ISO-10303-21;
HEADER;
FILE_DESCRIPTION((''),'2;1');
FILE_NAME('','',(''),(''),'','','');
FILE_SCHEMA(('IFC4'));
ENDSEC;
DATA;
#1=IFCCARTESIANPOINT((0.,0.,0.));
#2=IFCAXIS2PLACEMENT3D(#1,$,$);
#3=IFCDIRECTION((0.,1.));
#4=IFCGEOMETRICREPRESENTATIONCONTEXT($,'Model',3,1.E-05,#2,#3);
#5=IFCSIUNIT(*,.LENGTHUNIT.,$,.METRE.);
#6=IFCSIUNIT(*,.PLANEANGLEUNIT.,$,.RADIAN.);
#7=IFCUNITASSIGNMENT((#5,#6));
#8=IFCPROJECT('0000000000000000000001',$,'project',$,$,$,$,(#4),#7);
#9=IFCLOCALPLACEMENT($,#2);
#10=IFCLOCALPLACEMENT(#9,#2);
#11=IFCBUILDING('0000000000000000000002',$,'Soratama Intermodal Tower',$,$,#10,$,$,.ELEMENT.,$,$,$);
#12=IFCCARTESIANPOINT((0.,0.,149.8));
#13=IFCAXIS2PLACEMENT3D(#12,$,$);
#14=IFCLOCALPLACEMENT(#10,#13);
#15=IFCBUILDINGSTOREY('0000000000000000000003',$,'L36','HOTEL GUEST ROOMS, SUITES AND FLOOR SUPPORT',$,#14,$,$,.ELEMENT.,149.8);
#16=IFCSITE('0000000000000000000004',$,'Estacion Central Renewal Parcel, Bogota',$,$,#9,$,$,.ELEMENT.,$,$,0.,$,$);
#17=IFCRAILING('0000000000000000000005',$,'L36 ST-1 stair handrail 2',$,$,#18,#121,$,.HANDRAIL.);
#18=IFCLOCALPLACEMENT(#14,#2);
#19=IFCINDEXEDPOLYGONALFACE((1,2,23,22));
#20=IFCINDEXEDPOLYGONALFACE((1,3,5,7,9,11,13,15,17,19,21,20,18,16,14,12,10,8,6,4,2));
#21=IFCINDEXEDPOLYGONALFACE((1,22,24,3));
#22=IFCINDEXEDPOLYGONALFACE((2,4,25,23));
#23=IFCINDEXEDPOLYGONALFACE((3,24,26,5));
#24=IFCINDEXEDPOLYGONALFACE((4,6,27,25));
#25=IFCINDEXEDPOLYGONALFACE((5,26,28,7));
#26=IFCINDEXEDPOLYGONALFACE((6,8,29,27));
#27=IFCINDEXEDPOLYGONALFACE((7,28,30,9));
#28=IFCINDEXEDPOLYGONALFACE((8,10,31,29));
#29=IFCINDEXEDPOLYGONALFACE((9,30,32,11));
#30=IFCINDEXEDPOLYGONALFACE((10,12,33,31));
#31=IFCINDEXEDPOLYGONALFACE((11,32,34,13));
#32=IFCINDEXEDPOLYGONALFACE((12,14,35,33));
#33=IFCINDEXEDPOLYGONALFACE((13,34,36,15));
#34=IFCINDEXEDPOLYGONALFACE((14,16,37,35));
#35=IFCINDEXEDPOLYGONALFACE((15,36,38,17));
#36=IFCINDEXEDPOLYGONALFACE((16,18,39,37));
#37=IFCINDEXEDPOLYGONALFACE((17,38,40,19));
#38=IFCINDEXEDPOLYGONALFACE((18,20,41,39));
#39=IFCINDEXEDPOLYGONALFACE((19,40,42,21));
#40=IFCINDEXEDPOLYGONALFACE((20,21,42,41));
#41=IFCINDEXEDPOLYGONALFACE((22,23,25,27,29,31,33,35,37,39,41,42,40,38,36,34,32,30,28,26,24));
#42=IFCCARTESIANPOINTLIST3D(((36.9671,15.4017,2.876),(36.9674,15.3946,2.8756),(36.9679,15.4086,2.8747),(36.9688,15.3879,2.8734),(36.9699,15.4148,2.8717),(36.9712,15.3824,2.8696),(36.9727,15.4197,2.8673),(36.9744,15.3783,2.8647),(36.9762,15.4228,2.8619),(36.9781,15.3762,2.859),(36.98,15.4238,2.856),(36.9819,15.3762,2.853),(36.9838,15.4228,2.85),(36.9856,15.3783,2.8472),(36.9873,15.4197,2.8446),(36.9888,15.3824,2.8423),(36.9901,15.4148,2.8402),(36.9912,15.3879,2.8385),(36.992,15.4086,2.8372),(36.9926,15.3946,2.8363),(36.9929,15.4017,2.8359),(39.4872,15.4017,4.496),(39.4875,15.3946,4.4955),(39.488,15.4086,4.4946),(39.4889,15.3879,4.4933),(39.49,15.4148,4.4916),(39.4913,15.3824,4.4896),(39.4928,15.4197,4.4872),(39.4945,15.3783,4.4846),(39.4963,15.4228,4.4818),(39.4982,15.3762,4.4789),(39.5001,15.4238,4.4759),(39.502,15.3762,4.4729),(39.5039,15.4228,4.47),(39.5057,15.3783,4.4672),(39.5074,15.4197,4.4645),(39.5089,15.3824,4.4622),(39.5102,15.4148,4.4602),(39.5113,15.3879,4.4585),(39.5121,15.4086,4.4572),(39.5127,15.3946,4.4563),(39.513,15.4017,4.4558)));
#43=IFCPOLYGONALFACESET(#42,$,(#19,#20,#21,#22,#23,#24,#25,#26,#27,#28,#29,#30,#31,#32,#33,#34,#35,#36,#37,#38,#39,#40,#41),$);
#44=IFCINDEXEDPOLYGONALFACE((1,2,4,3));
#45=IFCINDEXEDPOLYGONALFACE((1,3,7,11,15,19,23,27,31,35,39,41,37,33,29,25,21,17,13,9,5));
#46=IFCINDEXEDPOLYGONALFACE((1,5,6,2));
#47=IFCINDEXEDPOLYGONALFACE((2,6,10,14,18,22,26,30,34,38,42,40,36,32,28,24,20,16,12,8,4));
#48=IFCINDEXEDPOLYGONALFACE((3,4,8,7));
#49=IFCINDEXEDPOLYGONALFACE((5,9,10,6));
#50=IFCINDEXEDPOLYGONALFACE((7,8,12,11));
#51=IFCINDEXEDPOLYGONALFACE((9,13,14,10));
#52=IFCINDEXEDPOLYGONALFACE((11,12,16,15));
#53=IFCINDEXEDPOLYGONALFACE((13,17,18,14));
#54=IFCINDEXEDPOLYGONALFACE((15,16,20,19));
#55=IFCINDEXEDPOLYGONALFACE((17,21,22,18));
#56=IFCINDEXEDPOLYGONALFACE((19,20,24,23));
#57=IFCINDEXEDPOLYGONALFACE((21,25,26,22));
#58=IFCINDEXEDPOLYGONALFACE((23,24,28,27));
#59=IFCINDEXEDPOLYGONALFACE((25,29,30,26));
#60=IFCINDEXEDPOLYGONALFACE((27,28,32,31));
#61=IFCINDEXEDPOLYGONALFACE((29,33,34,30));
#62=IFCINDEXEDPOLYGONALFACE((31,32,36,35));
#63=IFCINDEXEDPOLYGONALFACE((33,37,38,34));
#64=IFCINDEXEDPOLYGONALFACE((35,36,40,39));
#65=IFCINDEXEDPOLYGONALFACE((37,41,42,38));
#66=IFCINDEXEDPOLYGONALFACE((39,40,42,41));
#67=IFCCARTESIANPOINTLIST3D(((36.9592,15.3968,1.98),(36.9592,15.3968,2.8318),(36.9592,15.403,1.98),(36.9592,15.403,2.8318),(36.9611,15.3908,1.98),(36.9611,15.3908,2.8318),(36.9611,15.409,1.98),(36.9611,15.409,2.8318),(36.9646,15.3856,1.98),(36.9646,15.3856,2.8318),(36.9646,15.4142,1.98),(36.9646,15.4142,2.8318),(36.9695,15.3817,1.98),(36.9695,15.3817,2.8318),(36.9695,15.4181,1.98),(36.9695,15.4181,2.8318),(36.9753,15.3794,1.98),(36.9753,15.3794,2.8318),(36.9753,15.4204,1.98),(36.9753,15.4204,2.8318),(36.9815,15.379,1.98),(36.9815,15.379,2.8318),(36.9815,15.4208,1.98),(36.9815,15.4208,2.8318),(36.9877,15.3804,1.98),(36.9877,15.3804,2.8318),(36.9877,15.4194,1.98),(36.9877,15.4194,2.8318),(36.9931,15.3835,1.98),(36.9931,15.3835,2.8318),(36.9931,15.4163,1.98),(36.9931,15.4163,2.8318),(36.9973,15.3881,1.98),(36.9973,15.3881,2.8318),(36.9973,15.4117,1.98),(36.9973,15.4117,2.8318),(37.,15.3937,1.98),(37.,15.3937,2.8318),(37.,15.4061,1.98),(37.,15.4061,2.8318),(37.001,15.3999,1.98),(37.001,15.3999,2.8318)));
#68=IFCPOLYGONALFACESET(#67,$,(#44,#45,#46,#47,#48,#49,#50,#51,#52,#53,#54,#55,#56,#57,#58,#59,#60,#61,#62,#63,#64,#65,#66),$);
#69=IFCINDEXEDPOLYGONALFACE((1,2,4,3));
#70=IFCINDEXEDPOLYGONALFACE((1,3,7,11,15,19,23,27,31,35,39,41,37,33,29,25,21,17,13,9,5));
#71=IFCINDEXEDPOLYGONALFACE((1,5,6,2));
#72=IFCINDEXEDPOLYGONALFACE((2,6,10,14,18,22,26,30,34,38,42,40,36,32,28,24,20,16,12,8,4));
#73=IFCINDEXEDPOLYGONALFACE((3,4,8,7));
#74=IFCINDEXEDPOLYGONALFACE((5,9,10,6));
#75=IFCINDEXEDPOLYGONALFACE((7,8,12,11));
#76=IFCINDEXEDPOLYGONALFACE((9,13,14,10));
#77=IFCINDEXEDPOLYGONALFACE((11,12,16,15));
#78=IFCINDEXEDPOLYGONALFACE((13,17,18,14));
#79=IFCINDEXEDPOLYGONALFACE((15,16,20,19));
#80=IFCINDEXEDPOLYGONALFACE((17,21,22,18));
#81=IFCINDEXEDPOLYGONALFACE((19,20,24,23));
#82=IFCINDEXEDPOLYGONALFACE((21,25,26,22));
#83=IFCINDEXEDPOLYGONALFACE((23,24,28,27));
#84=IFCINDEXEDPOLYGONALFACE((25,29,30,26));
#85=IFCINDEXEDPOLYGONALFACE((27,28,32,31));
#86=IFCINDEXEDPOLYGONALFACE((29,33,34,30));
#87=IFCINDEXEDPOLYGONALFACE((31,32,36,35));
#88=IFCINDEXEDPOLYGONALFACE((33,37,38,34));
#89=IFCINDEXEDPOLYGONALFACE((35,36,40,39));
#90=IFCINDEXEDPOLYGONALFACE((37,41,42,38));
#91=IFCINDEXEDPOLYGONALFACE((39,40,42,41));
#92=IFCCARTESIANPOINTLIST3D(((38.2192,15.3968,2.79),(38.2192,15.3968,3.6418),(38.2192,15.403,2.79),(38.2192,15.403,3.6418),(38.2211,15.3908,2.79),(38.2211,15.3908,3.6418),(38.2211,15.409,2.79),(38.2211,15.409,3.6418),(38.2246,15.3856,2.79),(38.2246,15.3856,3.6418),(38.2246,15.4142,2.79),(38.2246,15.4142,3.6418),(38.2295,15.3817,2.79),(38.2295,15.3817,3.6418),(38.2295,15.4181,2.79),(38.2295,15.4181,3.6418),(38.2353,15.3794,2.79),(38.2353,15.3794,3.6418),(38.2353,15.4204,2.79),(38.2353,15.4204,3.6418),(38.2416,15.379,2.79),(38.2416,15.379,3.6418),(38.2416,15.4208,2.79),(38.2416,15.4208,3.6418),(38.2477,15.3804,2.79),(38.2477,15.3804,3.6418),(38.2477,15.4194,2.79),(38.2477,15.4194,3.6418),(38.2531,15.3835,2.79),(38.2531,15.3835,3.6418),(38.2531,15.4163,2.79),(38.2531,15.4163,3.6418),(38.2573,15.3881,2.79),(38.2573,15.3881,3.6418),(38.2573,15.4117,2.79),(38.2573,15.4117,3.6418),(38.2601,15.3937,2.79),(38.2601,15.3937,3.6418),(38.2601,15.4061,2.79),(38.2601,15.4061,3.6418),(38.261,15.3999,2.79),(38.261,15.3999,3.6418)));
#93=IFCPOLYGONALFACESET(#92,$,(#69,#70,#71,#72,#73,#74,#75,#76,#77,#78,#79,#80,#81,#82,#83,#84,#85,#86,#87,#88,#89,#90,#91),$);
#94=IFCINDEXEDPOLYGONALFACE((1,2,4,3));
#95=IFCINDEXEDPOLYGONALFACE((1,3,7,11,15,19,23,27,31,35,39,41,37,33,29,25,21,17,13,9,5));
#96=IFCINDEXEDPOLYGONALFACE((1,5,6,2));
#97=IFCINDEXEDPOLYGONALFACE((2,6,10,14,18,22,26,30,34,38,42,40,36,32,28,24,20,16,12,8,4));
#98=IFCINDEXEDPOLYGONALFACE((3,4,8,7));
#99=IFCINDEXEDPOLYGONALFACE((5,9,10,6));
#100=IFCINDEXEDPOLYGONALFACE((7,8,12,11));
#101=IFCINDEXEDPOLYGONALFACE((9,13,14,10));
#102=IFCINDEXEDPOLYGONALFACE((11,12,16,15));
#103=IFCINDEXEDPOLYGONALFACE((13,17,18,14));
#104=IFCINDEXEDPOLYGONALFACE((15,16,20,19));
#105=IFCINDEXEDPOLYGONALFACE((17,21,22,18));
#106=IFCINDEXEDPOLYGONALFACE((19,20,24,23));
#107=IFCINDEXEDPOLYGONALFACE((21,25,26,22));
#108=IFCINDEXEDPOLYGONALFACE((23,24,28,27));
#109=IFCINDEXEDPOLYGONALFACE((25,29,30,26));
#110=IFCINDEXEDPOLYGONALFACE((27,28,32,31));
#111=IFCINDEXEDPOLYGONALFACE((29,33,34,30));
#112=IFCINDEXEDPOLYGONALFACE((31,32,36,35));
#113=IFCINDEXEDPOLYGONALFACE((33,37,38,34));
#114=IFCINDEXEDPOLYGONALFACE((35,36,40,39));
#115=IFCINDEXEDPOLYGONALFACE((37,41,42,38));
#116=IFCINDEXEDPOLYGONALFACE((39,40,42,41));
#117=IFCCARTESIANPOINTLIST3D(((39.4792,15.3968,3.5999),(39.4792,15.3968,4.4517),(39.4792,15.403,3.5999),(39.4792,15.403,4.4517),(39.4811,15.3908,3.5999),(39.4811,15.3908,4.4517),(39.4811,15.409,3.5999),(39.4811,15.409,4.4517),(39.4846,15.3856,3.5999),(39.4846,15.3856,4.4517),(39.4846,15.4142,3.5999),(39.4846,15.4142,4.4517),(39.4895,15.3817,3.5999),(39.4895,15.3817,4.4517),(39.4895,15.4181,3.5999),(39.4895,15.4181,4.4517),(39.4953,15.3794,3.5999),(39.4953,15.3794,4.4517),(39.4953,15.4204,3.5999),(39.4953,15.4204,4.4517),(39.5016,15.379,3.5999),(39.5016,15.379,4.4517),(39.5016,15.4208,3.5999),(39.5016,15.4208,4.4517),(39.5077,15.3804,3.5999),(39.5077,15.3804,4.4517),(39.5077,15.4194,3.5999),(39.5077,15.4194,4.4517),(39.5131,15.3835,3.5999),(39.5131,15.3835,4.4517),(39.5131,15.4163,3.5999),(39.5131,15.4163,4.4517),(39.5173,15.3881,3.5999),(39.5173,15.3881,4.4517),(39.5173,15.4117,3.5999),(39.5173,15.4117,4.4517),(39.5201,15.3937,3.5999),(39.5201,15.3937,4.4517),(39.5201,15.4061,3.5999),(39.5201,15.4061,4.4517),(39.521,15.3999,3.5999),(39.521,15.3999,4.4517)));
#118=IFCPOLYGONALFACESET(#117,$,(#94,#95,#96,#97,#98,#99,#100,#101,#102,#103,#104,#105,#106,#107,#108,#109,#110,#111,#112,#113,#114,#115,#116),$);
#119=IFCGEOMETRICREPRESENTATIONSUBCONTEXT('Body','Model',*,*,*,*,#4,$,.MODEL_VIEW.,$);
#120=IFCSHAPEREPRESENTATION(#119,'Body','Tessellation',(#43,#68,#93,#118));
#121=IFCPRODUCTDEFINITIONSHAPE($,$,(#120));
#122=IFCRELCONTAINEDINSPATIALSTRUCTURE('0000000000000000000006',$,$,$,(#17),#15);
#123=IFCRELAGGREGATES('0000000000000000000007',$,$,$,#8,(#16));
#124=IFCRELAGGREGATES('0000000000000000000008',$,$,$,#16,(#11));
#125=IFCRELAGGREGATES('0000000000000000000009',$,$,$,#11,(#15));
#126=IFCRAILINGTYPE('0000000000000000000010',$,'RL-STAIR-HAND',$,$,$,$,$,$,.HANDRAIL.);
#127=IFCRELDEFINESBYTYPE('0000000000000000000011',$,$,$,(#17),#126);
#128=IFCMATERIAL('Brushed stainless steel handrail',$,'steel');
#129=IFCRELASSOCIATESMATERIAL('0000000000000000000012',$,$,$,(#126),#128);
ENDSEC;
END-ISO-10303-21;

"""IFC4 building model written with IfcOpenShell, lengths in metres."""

from ifc_helpers import new_model, si_unit, direction, frame, origin, origin_2d, place, context, subcontext, project, spatial, circle, extrude, material, type_object, element, save


model = new_model("IFC4")

# Units and contexts
model_context = context("Model", 3, precision=1e-05, world=origin(), true_north=direction((0.0, 1.0)))
body_context = subcontext(model_context, "Body", "Model", "MODEL_VIEW")
ifc_project = project(units=[si_unit("LENGTHUNIT", "METRE"), si_unit("PLANEANGLEUNIT", "RADIAN")], contexts=[model_context])

# Site, building, storey
site_placement = place(None, origin())
site = spatial("IfcSite", under=ifc_project, at=site_placement, Name="Estacion Central Renewal Parcel, Bogota", CompositionType="ELEMENT", RefElevation=0.0)
building_placement = place(site_placement, origin())
building = spatial("IfcBuilding", under=site, at=building_placement, Name="Soratama Intermodal Tower", CompositionType="ELEMENT")
storey_placement = place(building_placement, frame((0.0, 0.0, 149.8)))
storey = spatial("IfcBuildingStorey", under=building, at=storey_placement, Name="L36", Description="HOTEL GUEST ROOMS, SUITES AND FLOOR SUPPORT", CompositionType="ELEMENT", Elevation=149.8)

# Railing
ifc_material_1 = material(Name="Brushed stainless steel handrail", Category="steel")
railing_type_1 = type_object("IfcRailingType", Name="RL-STAIR-HAND", PredefinedType="HANDRAIL", material=ifc_material_1)
railing_1_placement = place(storey_placement, frame((36.98, 15.3999, 1.98)))
element("IfcRailing", 1, at=railing_1_placement, inside=storey, type_object=railing_type_1, Name="L36 ST-1 stair handrail 2", PredefinedType="HANDRAIL", context=body_context, shape_type="SweptSolid", body=[
    extrude(circle(Radius=0.0239, at=origin_2d()), frame((0.0, 0.0, 0.876), z_axis=(0.8412, 0.0, 0.540725), x_axis=(0.0, 1.0, 0.0)), (0.0, 0.0, 1.0), 2.9958),
    extrude(circle(Radius=0.021, at=origin_2d()), origin(), (0.0, 0.0, 1.0), 0.8518),
    extrude(circle(Radius=0.021, at=origin_2d()), frame((1.26, 0.0, 0.8101)), (0.0, 0.0, 1.0), 0.8518),
    extrude(circle(Radius=0.021, at=origin_2d()), frame((2.52, 0.0, 1.6199)), (0.0, 0.0, 1.0), 0.8518),
])

save(model, "model.ifc")
